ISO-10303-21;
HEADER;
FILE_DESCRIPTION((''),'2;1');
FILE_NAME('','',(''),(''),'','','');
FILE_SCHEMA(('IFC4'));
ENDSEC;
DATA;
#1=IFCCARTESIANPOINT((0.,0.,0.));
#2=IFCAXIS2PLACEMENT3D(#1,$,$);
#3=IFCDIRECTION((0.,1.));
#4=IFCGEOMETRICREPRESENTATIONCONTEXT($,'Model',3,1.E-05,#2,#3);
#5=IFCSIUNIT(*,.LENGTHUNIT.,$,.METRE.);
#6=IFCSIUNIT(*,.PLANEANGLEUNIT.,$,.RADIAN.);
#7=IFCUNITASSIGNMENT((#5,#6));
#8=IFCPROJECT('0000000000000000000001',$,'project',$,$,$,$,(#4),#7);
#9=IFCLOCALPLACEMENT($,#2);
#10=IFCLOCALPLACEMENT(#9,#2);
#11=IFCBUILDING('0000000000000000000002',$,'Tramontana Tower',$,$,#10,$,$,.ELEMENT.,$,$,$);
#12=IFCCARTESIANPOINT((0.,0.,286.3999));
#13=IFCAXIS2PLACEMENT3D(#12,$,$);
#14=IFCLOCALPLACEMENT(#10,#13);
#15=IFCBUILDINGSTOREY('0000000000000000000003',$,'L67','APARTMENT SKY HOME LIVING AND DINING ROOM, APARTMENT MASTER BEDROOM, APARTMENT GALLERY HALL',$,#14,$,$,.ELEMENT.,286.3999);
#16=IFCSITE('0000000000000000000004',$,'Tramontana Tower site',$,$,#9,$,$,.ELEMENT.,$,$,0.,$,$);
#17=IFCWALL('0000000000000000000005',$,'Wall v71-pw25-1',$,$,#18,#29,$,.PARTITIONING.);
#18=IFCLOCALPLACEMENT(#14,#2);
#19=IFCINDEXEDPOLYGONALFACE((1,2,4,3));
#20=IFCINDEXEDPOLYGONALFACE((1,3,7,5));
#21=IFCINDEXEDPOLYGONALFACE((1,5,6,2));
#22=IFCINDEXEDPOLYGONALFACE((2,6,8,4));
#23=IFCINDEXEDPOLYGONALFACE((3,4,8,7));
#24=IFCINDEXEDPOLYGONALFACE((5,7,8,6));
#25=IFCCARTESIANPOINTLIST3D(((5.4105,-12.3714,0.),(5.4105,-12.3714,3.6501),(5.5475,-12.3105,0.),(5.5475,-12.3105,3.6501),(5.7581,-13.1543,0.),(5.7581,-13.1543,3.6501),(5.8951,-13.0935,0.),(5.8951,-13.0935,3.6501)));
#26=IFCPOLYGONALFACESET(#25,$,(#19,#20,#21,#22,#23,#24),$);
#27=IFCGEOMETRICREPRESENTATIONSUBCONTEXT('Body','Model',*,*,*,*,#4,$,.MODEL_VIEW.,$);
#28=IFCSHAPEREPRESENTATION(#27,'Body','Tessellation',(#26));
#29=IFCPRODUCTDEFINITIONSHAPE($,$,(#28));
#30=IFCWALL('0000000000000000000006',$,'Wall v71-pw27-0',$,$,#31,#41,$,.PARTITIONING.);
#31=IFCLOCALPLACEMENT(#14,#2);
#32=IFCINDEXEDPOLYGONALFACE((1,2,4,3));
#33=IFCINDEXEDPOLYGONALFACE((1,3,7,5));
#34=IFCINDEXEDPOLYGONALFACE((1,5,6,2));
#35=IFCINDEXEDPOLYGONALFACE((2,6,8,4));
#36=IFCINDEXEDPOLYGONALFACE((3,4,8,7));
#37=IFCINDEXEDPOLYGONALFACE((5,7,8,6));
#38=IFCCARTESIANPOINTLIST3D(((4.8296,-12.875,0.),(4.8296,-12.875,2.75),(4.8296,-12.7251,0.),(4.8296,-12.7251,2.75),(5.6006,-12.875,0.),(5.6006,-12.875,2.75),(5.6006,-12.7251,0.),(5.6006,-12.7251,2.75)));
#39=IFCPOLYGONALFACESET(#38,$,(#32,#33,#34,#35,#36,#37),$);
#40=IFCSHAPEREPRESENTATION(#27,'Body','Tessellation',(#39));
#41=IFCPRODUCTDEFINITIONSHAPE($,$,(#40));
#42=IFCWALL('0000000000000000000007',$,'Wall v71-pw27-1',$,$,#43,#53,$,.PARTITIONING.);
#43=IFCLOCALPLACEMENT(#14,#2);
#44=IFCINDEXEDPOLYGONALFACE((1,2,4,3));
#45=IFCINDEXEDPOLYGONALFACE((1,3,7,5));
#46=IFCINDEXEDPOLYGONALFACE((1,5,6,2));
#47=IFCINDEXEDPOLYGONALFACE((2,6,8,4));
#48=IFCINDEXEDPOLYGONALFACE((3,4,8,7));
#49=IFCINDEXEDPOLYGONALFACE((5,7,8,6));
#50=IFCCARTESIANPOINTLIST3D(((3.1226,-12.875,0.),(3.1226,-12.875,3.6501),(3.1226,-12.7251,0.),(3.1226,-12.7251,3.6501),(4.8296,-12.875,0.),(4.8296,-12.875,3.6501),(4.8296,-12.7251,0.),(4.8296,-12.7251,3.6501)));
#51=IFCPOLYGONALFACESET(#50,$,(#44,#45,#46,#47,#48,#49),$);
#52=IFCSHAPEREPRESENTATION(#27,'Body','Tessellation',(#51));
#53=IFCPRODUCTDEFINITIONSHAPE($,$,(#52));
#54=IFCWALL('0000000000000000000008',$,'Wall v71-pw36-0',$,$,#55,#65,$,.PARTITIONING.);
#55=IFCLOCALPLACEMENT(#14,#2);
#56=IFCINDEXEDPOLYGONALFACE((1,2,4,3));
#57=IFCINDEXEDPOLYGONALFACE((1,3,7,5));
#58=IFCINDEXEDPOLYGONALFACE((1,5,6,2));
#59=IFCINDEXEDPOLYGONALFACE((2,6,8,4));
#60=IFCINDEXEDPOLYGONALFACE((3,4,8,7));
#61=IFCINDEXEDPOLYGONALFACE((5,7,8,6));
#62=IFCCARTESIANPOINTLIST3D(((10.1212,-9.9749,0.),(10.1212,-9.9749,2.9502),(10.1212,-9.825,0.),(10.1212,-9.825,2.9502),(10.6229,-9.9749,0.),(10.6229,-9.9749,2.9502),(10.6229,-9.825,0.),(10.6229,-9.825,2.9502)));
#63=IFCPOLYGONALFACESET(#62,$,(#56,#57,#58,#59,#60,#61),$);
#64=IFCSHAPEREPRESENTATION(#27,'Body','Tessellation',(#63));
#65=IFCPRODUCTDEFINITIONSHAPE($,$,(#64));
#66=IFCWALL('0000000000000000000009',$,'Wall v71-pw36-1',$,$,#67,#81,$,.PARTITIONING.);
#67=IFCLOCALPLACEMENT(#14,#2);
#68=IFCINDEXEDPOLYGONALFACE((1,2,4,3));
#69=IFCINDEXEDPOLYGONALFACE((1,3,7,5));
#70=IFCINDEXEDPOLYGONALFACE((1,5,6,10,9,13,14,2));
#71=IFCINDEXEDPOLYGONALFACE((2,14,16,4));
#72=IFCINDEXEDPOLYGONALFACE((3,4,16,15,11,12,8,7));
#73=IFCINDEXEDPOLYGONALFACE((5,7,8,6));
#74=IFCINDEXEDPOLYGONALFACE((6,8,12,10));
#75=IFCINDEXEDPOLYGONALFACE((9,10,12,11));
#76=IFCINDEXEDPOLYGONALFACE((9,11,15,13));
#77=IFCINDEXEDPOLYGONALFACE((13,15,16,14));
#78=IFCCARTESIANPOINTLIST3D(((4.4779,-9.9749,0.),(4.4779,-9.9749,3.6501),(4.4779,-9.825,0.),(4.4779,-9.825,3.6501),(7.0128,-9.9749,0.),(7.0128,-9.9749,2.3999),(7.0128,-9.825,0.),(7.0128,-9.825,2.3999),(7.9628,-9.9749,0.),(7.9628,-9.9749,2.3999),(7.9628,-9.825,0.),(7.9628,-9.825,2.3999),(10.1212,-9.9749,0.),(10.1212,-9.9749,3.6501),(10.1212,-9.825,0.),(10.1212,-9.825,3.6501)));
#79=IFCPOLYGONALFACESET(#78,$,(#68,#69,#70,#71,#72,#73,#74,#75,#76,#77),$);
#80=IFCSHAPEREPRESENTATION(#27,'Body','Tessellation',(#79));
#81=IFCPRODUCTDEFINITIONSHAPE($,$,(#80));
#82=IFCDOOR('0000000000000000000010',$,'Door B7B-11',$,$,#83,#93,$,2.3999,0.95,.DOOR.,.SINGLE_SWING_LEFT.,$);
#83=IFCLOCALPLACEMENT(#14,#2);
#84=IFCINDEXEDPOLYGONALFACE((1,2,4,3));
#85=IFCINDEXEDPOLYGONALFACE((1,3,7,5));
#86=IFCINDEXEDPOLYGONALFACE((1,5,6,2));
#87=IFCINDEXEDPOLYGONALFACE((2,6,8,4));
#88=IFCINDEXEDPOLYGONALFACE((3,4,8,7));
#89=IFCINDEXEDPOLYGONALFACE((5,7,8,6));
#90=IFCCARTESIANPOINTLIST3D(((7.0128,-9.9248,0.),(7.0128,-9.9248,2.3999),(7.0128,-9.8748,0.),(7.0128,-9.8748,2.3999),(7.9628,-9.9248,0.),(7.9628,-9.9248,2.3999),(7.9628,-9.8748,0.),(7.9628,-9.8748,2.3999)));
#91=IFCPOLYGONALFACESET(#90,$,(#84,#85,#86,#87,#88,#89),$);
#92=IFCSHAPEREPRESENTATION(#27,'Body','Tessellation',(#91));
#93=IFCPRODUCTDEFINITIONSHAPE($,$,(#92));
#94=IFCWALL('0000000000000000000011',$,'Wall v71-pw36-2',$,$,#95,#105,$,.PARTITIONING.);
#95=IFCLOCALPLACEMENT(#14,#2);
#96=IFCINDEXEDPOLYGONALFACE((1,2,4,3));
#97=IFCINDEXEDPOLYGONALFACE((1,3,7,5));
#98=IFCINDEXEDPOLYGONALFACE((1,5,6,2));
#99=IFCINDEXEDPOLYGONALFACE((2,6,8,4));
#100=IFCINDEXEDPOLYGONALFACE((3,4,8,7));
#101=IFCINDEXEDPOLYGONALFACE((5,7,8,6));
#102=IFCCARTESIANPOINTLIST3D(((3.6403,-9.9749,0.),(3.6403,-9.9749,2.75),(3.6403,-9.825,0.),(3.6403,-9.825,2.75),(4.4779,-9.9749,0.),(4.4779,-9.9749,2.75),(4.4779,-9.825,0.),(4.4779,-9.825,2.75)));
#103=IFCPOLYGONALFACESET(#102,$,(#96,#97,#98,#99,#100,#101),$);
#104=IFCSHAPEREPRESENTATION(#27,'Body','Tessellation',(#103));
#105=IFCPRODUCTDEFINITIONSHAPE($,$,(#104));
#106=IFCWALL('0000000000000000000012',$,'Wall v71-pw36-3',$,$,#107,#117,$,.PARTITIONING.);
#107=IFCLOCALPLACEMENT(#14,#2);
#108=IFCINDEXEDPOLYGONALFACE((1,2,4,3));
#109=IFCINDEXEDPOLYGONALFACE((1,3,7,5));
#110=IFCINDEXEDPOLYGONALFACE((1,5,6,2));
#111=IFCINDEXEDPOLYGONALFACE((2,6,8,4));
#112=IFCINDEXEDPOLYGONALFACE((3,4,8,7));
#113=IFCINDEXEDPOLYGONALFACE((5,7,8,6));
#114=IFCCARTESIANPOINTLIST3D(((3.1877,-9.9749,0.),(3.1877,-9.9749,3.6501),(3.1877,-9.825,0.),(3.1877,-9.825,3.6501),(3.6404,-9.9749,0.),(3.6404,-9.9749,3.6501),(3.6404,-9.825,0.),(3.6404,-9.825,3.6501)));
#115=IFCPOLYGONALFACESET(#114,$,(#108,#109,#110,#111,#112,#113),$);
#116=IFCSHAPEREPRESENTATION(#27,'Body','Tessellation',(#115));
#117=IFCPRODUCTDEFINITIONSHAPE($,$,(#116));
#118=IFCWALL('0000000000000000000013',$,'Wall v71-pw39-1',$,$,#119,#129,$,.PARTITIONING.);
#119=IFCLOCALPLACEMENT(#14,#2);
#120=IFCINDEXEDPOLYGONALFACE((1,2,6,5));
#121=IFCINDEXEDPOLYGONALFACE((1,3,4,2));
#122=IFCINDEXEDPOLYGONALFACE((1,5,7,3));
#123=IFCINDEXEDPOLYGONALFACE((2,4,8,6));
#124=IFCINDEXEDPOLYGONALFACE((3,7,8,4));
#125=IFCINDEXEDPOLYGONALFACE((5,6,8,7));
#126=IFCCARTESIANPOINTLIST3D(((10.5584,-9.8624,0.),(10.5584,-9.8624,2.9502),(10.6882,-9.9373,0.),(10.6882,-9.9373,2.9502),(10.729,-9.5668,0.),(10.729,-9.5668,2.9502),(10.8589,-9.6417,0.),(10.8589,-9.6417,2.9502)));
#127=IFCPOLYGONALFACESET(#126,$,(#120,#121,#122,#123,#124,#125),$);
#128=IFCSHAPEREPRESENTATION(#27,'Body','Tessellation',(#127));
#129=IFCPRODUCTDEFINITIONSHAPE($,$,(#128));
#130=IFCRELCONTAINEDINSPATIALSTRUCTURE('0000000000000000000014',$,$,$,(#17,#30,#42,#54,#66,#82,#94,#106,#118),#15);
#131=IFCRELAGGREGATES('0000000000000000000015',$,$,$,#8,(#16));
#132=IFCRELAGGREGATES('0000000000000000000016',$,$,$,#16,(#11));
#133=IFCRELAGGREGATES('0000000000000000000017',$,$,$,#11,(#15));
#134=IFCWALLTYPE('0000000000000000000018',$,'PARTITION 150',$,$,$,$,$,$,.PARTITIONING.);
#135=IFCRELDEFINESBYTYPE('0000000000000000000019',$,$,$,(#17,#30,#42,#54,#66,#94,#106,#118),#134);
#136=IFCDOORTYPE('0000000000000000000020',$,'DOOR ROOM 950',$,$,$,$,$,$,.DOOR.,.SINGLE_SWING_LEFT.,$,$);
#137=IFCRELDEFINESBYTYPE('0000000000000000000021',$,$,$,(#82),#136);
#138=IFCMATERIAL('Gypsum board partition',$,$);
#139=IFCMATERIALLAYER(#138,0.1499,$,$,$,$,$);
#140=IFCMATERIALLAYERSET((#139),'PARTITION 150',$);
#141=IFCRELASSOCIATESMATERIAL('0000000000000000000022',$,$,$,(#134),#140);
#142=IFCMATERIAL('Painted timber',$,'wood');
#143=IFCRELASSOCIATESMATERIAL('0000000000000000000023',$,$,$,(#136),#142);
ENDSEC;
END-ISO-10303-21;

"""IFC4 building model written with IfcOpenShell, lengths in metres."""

from ifc_helpers import new_model, si_unit, direction, frame, frame_2d, origin, place, context, subcontext, project, spatial, rectangle, extrude, material, layer, layer_set, type_object, element, fill, save


model = new_model("IFC4")

# Units and contexts
model_context = context("Model", 3, precision=1e-05, world=origin(), true_north=direction((0.0, 1.0)))
body_context = subcontext(model_context, "Body", "Model", "MODEL_VIEW")
ifc_project = project(units=[si_unit("LENGTHUNIT", "METRE"), si_unit("PLANEANGLEUNIT", "RADIAN")], contexts=[model_context])

# Site, building, storey
site_placement = place(None, origin())
site = spatial("IfcSite", under=ifc_project, at=site_placement, Name="Tramontana Tower site", CompositionType="ELEMENT", RefElevation=0.0)
building_placement = place(site_placement, origin())
building = spatial("IfcBuilding", under=site, at=building_placement, Name="Tramontana Tower", CompositionType="ELEMENT")
storey_placement = place(building_placement, frame((0.0, 0.0, 286.3999)))
storey = spatial("IfcBuildingStorey", under=building, at=storey_placement, Name="L67", Description="APARTMENT SKY HOME LIVING AND DINING ROOM, APARTMENT MASTER BEDROOM, APARTMENT GALLERY HALL", CompositionType="ELEMENT", Elevation=286.3999)

# Shared definitions
ifc_material_1 = material(Name="Gypsum board partition")
ifc_layer_1 = layer(ifc_material_1, 0.1499)
ifc_layer_set_1 = layer_set([ifc_layer_1], Name="PARTITION 150")
wall_type_1 = type_object("IfcWallType", Name="PARTITION 150", PredefinedType="PARTITIONING", material=ifc_layer_set_1)

# Shared definitions
ifc_material_2 = material(Name="Painted timber", Category="wood")
door_type_1 = type_object("IfcDoorType", Name="DOOR ROOM 950", OperationType="SINGLE_SWING_LEFT", PredefinedType="DOOR", material=ifc_material_2)

# Walls
wall_1_placement = place(storey_placement, frame((5.479, -12.3411, 0.0), z_axis=(0.0, 0.0, 1.0), x_axis=(0.405821, -0.913953, 0.0)))
element("IfcWall", 1, at=wall_1_placement, inside=storey, type_object=wall_type_1, Name="Wall v71-pw25-1", PredefinedType="PARTITIONING", context=body_context, shape_type="SweptSolid", body=[
    extrude(rectangle(XDim=0.8567, YDim=0.1499, at=frame_2d((0.4282, 0.0))), origin(), (0.0, 0.0, 1.0), 3.6501),
])
wall_2_placement = place(storey_placement, frame((5.6006, -12.8, 0.0), z_axis=(0.0, 0.0, 1.0), x_axis=(-1.0, 0.0, 0.0)))
element("IfcWall", 2, at=wall_2_placement, inside=storey, type_object=wall_type_1, Name="Wall v71-pw27-0", PredefinedType="PARTITIONING", context=body_context, shape_type="SweptSolid", body=[
    extrude(rectangle(XDim=0.771, YDim=0.1499, at=frame_2d((0.3855, 0.0))), origin(), (0.0, 0.0, 1.0), 2.75),
])
wall_3_placement = place(storey_placement, frame((4.8296, -12.8, 0.0), z_axis=(0.0, 0.0, 1.0), x_axis=(-1.0, 0.0, 0.0)))
element("IfcWall", 3, at=wall_3_placement, inside=storey, type_object=wall_type_1, Name="Wall v71-pw27-1", PredefinedType="PARTITIONING", context=body_context, shape_type="SweptSolid", body=[
    extrude(rectangle(XDim=1.707, YDim=0.1499, at=frame_2d((0.8535, 0.0))), origin(), (0.0, 0.0, 1.0), 3.6501),
])
wall_4_placement = place(storey_placement, frame((10.623, -9.8999, 0.0), z_axis=(0.0, 0.0, 1.0), x_axis=(-1.0, 0.0, 0.0)))
element("IfcWall", 4, at=wall_4_placement, inside=storey, type_object=wall_type_1, Name="Wall v71-pw36-0", PredefinedType="PARTITIONING", context=body_context, shape_type="SweptSolid", body=[
    extrude(rectangle(XDim=0.5017, YDim=0.1499, at=frame_2d((0.251, 0.0))), origin(), (0.0, 0.0, 1.0), 2.9502),
])

# Wall, opening, door
wall_5_placement = place(storey_placement, frame((10.1213, -9.8999, 0.0), z_axis=(0.0, 0.0, 1.0), x_axis=(-1.0, 0.0, 0.0)))
wall_5 = element("IfcWall", 5, at=wall_5_placement, inside=storey, type_object=wall_type_1, Name="Wall v71-pw36-1", PredefinedType="PARTITIONING", context=body_context, shape_type="SweptSolid", body=[
    extrude(rectangle(XDim=5.6433, YDim=0.1499, at=frame_2d((2.8218, 0.0))), origin(), (0.0, 0.0, 1.0), 3.6501),
])
opening_1_placement = place(wall_5_placement, frame((2.1584, 0.0, 0.0)))
opening_1 = element("IfcOpeningElement", 6, at=opening_1_placement, cuts=wall_5, PredefinedType="OPENING", context=body_context, shape_type="SweptSolid", body=[
    extrude(rectangle(XDim=0.95, YDim=2.3999, at=frame_2d((0.4751, 1.2))), frame((0.0, 0.085, 0.0), z_axis=(0.0, -1.0, 0.0), x_axis=(1.0, 0.0, 0.0)), (0.0, 0.0, 1.0), 0.1699),
])
door_1_placement = place(opening_1_placement, origin())
door_1 = element("IfcDoor", 7, at=door_1_placement, inside=storey, type_object=door_type_1, Name="Door B7B-11", OperationType="SINGLE_SWING_LEFT", OverallHeight=2.3999, OverallWidth=0.95, PredefinedType="DOOR", context=body_context, shape_type="SweptSolid", body=[
    extrude(rectangle(XDim=0.95, YDim=2.3999, at=frame_2d((0.4751, 1.2))), frame((0.0, 0.0249, 0.0), z_axis=(0.0, -1.0, 0.0), x_axis=(1.0, 0.0, 0.0)), (0.0, 0.0, 1.0), 0.05),
])
fill(opening_1, door_1)

# Walls
wall_6_placement = place(storey_placement, frame((4.478, -9.8999, 0.0), z_axis=(0.0, 0.0, 1.0), x_axis=(-1.0, 0.0, 0.0)))
element("IfcWall", 8, at=wall_6_placement, inside=storey, type_object=wall_type_1, Name="Wall v71-pw36-2", PredefinedType="PARTITIONING", context=body_context, shape_type="SweptSolid", body=[
    extrude(rectangle(XDim=0.8376, YDim=0.1499, at=frame_2d((0.4189, 0.0))), origin(), (0.0, 0.0, 1.0), 2.75),
])
wall_7_placement = place(storey_placement, frame((3.6404, -9.8999, 0.0), z_axis=(0.0, 0.0, 1.0), x_axis=(-1.0, 0.0, 0.0)))
element("IfcWall", 9, at=wall_7_placement, inside=storey, type_object=wall_type_1, Name="Wall v71-pw36-3", PredefinedType="PARTITIONING", context=body_context, shape_type="SweptSolid", body=[
    extrude(rectangle(XDim=0.4526, YDim=0.1499, at=frame_2d((0.2263, 0.0))), origin(), (0.0, 0.0, 1.0), 3.6501),
])
wall_8_placement = place(storey_placement, frame((10.7939, -9.6042, 0.0), z_axis=(0.0, 0.0, 1.0), x_axis=(-0.499908, -0.866078, 0.0)))
element("IfcWall", 10, at=wall_8_placement, inside=storey, type_object=wall_type_1, Name="Wall v71-pw39-1", PredefinedType="PARTITIONING", context=body_context, shape_type="SweptSolid", body=[
    extrude(rectangle(XDim=0.3413, YDim=0.1499, at=frame_2d((0.1707, 0.0))), origin(), (0.0, 0.0, 1.0), 2.9502),
])

save(model, "model.ifc")
